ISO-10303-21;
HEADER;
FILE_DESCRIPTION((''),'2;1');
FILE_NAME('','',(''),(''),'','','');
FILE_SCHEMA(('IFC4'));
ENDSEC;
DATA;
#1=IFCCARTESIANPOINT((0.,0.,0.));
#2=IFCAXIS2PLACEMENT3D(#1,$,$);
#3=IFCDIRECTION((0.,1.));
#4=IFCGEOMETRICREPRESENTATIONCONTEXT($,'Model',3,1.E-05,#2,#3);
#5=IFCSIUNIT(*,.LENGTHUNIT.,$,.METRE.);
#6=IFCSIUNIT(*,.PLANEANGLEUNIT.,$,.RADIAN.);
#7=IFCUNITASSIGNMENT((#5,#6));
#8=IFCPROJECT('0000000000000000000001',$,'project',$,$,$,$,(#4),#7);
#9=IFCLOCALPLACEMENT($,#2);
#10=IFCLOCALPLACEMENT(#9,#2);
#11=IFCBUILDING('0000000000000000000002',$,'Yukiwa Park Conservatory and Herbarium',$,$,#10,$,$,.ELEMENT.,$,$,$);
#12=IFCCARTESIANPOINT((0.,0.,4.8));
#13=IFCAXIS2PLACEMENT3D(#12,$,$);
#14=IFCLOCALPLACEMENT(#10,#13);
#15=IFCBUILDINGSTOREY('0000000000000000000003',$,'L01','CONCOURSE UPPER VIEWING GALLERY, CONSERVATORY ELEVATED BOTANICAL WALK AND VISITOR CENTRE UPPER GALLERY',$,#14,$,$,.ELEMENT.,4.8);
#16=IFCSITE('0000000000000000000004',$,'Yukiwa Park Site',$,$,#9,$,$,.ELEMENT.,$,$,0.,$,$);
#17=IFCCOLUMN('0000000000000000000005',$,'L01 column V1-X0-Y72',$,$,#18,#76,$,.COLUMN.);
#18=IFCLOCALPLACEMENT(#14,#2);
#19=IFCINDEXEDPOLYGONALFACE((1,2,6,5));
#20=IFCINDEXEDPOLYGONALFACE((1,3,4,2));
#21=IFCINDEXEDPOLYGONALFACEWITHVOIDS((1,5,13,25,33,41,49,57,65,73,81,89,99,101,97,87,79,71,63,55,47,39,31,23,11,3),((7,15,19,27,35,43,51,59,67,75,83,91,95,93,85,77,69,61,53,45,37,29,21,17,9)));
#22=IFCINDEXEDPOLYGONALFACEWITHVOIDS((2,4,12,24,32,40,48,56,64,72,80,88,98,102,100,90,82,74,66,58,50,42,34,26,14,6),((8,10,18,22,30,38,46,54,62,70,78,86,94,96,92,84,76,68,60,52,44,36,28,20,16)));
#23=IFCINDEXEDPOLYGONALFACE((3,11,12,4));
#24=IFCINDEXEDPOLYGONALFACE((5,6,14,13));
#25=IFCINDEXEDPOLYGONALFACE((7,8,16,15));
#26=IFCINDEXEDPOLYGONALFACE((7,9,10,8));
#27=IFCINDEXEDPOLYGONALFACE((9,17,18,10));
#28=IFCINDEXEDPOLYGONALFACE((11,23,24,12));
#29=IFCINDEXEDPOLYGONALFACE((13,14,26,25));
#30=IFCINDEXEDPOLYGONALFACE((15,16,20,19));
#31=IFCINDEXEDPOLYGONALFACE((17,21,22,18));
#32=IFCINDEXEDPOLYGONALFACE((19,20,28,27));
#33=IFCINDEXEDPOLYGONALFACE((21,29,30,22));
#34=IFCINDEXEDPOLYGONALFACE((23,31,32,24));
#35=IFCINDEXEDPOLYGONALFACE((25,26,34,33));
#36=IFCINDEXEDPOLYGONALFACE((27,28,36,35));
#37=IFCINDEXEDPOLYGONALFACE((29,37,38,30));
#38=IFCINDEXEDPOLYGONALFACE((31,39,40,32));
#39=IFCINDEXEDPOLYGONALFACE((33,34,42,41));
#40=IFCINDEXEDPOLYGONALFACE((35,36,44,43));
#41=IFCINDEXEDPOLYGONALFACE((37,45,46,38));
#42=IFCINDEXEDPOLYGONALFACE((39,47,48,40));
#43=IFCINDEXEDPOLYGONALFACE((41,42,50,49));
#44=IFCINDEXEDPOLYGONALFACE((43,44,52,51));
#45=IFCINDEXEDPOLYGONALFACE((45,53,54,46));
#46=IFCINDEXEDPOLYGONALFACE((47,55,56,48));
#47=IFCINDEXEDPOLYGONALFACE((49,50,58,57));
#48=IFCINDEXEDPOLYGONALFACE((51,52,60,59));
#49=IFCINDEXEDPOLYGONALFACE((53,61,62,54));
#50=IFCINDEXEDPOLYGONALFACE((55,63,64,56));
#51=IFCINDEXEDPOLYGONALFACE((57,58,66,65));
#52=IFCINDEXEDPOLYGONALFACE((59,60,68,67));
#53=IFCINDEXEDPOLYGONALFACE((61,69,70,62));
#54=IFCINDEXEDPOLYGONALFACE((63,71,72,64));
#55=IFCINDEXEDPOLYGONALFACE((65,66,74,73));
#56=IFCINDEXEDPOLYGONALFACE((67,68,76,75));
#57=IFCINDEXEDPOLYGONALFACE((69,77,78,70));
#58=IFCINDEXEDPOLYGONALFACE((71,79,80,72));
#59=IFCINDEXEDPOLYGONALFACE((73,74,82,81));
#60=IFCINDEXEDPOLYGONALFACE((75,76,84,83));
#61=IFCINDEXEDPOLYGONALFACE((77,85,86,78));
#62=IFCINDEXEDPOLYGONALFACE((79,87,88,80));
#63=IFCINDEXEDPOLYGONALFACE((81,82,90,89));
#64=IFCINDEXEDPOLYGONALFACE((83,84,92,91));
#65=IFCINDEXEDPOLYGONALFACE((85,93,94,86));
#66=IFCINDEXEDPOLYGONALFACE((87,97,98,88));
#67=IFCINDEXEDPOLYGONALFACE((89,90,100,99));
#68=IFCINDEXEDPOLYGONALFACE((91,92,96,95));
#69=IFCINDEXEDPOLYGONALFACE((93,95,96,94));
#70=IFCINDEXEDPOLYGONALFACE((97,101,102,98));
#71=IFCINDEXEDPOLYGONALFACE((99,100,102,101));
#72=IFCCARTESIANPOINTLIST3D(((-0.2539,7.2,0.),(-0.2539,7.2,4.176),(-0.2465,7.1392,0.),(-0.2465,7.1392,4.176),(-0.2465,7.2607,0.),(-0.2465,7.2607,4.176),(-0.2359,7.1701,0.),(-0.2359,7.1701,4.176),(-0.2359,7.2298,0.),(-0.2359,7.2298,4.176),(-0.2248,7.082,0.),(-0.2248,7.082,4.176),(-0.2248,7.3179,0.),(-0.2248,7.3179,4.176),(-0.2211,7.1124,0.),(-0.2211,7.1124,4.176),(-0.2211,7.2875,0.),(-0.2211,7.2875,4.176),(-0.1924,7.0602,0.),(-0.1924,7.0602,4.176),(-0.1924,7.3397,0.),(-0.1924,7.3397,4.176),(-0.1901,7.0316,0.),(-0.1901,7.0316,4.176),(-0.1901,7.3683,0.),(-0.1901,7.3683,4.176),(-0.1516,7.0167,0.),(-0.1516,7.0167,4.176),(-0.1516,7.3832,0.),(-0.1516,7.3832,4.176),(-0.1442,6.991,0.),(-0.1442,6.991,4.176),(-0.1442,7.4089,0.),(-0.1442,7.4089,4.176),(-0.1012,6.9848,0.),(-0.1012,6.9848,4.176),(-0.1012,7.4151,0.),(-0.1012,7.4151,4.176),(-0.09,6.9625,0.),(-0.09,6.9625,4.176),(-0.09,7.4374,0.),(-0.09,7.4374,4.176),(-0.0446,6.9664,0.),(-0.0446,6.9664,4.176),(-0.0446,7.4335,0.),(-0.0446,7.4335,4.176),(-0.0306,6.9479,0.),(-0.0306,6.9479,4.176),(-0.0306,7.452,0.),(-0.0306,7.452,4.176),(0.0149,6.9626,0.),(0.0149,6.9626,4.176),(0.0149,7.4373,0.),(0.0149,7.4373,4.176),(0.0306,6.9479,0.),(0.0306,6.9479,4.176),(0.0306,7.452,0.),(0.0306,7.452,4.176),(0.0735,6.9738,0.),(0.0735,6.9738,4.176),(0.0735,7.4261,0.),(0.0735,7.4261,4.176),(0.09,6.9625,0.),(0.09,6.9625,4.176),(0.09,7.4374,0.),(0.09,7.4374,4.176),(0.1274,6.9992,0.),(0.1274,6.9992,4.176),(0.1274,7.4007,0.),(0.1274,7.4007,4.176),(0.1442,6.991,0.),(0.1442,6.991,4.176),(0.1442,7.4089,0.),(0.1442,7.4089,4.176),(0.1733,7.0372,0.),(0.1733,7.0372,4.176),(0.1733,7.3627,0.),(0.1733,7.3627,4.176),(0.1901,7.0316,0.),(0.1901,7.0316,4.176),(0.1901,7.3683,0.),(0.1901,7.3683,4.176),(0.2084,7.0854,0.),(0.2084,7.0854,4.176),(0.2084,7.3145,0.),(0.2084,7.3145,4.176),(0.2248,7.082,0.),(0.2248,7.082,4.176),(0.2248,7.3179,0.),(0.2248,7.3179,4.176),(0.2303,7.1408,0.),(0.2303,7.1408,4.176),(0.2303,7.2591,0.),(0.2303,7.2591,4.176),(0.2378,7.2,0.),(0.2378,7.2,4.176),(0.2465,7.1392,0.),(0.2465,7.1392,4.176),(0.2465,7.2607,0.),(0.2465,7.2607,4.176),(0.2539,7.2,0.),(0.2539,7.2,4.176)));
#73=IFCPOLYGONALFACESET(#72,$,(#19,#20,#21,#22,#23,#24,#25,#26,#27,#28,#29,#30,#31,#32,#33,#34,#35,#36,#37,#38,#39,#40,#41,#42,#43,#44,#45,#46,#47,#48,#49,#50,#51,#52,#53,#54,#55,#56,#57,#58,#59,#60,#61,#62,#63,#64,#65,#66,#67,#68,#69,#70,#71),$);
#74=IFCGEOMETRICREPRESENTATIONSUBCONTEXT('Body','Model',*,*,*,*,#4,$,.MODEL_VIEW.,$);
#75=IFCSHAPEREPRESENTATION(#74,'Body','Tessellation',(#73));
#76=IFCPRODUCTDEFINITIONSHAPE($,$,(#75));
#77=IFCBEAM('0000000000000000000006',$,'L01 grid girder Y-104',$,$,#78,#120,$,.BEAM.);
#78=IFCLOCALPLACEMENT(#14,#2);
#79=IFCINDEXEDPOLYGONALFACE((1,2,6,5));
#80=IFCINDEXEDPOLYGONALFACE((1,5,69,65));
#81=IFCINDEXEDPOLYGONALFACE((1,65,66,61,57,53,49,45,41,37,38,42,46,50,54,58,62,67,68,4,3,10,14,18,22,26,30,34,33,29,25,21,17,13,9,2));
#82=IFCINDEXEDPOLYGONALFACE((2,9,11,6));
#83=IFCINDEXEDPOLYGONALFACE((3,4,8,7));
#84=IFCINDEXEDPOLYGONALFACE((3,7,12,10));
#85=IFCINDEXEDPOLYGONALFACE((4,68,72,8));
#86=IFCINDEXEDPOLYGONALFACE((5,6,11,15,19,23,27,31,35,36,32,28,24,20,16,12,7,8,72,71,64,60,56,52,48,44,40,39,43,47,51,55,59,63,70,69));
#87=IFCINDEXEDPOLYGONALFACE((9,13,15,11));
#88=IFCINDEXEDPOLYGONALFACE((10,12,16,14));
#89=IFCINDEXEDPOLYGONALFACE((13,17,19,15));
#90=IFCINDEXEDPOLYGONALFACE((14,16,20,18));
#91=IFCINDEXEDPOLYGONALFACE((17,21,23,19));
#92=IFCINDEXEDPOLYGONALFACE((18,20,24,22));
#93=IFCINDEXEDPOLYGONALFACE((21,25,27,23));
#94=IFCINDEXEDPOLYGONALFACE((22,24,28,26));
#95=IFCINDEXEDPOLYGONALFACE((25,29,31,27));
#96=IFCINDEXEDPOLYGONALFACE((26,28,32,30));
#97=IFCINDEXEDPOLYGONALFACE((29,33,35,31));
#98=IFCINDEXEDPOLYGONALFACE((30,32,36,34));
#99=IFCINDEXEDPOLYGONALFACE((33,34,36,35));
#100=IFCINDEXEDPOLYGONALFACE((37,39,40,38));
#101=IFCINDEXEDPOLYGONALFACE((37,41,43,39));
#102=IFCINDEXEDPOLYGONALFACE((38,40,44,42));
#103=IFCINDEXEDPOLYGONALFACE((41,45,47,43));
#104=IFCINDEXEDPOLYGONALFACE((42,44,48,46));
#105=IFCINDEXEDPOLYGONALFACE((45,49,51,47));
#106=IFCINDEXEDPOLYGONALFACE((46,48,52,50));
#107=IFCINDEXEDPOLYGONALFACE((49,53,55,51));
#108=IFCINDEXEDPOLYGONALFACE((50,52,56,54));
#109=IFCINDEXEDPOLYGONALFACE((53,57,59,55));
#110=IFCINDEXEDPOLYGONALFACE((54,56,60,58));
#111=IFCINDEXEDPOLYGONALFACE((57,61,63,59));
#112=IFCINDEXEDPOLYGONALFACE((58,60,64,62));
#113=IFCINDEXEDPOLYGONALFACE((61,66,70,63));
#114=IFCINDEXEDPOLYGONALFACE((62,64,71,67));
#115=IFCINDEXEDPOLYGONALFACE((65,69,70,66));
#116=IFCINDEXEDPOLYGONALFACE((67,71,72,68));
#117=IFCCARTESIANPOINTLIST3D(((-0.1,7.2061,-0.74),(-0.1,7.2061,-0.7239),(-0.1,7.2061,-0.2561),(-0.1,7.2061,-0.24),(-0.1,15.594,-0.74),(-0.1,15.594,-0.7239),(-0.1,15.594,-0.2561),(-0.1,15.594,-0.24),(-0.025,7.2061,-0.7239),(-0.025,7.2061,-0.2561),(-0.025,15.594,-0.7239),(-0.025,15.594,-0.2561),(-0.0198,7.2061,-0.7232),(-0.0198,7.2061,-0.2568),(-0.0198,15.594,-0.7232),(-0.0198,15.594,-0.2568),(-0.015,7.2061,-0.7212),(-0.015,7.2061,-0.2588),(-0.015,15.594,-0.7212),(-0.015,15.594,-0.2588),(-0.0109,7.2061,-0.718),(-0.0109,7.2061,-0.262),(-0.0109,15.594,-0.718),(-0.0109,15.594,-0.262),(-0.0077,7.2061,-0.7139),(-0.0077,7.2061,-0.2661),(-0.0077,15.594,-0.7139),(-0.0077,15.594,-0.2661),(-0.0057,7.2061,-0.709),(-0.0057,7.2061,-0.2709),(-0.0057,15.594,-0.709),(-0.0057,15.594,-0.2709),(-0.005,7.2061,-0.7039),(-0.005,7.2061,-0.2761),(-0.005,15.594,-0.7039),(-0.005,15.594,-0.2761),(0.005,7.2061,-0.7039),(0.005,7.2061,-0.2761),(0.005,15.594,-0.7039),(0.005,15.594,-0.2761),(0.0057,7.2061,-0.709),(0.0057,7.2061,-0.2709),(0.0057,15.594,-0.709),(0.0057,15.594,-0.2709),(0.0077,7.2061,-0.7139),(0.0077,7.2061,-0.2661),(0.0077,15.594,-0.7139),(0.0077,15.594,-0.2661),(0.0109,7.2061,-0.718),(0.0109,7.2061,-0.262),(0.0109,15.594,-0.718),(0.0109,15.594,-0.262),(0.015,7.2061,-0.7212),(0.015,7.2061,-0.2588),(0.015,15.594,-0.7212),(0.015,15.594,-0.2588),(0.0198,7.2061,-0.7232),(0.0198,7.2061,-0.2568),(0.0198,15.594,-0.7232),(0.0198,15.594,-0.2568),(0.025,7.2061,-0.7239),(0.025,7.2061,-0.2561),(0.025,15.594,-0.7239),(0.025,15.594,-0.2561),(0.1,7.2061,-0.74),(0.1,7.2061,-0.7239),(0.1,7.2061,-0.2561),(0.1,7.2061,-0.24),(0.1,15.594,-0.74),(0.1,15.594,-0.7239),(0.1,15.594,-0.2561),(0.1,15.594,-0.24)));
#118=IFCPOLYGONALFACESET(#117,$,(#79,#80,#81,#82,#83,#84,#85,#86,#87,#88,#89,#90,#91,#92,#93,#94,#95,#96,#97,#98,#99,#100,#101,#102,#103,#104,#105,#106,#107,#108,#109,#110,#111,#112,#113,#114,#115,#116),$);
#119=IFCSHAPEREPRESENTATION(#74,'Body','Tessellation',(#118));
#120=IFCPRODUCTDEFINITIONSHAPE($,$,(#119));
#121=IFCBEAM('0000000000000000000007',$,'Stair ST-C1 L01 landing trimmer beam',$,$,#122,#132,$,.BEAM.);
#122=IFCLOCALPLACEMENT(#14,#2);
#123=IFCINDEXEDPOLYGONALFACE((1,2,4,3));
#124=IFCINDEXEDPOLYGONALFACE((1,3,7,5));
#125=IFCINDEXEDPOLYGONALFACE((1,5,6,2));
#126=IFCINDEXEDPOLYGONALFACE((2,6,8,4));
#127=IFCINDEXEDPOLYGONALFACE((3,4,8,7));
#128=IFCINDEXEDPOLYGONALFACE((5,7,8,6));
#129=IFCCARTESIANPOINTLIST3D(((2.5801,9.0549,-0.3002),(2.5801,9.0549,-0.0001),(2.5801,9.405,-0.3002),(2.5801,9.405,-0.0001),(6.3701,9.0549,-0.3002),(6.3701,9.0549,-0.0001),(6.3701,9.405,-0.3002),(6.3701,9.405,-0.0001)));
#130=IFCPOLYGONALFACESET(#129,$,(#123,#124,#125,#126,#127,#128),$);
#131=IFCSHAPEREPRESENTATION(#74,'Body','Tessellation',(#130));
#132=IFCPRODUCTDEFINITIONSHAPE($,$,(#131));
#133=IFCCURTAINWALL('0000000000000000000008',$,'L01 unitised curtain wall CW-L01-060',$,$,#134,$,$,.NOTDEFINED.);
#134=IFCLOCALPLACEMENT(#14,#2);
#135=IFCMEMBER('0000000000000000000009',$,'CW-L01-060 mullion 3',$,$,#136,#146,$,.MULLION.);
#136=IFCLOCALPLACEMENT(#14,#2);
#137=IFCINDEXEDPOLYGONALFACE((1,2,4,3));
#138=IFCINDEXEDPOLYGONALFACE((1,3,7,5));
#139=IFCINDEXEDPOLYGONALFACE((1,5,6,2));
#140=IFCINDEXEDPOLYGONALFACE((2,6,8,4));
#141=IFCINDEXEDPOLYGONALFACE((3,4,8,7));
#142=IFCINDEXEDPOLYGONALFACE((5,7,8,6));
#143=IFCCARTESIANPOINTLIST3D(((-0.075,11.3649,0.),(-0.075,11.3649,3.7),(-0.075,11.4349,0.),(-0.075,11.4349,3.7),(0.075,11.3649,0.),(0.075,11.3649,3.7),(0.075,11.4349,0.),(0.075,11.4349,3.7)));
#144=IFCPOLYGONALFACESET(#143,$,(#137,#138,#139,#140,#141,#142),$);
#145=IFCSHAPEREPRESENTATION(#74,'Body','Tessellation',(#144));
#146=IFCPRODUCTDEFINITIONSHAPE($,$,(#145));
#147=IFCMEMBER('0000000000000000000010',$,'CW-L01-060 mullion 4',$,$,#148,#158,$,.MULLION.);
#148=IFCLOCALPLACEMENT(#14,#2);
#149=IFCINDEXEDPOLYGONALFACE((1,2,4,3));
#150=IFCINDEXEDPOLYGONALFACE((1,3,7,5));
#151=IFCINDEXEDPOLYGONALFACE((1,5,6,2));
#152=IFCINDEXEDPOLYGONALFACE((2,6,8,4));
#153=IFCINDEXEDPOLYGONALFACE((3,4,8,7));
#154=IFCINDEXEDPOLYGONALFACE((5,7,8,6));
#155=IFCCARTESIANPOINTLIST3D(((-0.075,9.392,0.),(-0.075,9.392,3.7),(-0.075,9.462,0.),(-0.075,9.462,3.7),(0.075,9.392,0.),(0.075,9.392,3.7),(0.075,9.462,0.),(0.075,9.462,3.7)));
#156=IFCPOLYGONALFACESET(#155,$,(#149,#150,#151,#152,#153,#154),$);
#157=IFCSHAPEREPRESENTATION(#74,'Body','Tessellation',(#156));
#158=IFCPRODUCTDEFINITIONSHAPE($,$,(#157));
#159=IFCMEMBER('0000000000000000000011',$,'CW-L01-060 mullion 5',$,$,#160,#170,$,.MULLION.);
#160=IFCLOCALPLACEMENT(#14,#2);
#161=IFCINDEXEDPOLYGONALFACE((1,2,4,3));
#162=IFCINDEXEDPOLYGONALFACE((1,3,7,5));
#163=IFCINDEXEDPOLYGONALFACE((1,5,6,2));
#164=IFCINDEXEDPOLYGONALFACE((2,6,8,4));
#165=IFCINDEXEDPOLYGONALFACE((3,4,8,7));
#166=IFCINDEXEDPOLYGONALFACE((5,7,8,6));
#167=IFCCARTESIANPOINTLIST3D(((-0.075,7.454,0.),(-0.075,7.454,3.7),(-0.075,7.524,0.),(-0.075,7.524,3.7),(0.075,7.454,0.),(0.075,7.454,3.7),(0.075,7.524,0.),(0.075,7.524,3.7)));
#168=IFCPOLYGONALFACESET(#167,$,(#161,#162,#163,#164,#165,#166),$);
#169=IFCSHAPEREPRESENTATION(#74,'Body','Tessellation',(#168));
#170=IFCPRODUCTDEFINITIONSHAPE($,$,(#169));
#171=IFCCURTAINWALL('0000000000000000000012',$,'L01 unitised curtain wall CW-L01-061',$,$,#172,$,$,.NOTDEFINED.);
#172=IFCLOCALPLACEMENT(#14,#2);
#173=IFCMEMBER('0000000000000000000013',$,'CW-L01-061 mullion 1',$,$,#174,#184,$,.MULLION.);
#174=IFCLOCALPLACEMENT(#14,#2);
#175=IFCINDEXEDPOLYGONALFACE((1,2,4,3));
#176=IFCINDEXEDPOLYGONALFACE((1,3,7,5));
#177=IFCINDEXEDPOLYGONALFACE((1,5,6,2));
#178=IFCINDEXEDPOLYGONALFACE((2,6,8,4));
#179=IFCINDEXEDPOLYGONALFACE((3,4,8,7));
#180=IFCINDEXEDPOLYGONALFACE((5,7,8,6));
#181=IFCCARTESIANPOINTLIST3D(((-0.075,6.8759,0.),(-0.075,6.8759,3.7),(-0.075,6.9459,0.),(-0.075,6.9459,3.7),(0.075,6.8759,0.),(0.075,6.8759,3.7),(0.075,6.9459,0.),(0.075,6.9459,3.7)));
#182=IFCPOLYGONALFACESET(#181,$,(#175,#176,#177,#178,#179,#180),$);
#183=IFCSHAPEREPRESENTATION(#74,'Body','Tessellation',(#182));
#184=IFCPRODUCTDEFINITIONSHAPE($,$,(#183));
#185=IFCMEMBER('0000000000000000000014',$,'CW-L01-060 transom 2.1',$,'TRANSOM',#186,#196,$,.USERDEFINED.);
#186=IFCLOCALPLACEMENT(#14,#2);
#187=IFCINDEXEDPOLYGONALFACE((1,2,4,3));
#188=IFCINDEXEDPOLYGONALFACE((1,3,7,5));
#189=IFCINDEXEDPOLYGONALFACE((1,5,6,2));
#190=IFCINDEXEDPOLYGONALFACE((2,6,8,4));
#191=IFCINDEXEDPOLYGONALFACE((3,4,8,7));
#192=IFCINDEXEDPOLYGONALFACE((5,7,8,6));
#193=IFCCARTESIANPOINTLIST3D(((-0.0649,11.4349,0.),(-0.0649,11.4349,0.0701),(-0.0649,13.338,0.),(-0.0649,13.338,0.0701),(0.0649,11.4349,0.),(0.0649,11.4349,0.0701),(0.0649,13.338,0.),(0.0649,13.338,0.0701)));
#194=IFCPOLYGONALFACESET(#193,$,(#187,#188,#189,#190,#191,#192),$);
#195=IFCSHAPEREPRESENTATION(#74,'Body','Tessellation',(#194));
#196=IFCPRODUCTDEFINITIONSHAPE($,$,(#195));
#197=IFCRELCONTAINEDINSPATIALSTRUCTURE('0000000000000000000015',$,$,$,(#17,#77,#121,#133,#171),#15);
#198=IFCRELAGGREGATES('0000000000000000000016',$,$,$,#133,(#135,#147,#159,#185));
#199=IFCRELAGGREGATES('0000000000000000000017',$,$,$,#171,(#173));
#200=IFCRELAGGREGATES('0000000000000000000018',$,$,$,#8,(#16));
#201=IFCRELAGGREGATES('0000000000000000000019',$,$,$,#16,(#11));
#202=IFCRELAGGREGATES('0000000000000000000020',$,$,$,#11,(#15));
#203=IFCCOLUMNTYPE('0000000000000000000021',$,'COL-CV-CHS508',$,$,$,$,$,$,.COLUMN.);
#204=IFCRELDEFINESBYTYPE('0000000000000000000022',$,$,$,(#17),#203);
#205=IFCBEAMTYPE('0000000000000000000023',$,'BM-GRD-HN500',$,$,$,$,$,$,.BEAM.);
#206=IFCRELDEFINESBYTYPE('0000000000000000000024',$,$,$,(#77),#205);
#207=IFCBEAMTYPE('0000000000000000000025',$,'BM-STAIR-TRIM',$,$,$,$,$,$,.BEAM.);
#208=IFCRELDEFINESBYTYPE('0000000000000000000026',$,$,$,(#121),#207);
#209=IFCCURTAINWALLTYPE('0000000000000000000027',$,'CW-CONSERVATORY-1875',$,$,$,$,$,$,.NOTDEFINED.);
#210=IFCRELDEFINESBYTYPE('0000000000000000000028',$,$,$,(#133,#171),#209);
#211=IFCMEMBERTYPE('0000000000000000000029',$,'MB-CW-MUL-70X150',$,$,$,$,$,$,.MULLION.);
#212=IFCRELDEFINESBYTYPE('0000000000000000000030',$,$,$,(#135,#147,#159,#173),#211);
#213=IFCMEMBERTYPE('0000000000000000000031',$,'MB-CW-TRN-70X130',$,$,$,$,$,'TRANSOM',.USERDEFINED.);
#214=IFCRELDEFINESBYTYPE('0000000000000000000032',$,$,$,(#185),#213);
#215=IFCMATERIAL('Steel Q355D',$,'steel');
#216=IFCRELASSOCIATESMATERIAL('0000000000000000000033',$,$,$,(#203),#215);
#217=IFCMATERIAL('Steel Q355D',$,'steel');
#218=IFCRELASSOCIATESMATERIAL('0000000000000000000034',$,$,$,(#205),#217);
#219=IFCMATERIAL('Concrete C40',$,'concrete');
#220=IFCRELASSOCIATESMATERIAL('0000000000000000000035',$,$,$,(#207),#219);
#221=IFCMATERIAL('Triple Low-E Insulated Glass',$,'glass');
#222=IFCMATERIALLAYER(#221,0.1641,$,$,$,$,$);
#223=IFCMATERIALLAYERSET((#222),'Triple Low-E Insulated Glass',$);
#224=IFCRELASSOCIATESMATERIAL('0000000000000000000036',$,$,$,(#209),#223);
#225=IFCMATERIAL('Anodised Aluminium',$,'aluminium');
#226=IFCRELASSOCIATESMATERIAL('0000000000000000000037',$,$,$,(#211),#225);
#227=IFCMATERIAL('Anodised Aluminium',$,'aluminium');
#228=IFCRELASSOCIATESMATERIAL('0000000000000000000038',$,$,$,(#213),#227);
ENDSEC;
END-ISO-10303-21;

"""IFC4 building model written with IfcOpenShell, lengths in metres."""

from ifc_helpers import new_model, si_unit, direction, frame, origin, origin_2d, place, context, subcontext, project, spatial, rectangle, hollow_circle, i_section, extrude, material, layer, layer_set, material_profile, profile_set, type_object, element, aggregate, save


model = new_model("IFC4")

# Units and contexts
model_context = context("Model", 3, precision=1e-05, world=origin(), true_north=direction((0.0, 1.0)))
body_context = subcontext(model_context, "Body", "Model", "MODEL_VIEW")
ifc_project = project(units=[si_unit("LENGTHUNIT", "METRE"), si_unit("PLANEANGLEUNIT", "RADIAN")], contexts=[model_context])

# Site, building, storey
site_placement = place(None, origin())
site = spatial("IfcSite", under=ifc_project, at=site_placement, Name="Yukiwa Park Site", CompositionType="ELEMENT", RefElevation=0.0)
building_placement = place(site_placement, origin())
building = spatial("IfcBuilding", under=site, at=building_placement, Name="Yukiwa Park Conservatory and Herbarium", CompositionType="ELEMENT")
storey_placement = place(building_placement, frame((0.0, 0.0, 4.8)))
storey = spatial("IfcBuildingStorey", under=building, at=storey_placement, Name="L01", Description="CONCOURSE UPPER VIEWING GALLERY, CONSERVATORY ELEVATED BOTANICAL WALK AND VISITOR CENTRE UPPER GALLERY", CompositionType="ELEMENT", Elevation=4.8)

# Column
ifc_material_1 = material(Name="Steel Q355D", Category="steel")
ifc_material_profile_1 = material_profile(ifc_material_1, hollow_circle(Radius=0.2539, WallThickness=0.0161, at=origin_2d()), Name="CHS 508x16")
ifc_profile_set_1 = profile_set([ifc_material_profile_1], Name="Steel Q355D")
column_type = type_object("IfcColumnType", Name="COL-CV-CHS508", PredefinedType="COLUMN", material=ifc_profile_set_1)
column_placement = place(storey_placement, frame((0.0, 7.2, 0.0), z_axis=(0.0, 0.0, 1.0), x_axis=(1.0, 0.0, 0.0)))
element("IfcColumn", 1, at=column_placement, inside=storey, type_object=column_type, Name="L01 column V1-X0-Y72", PredefinedType="COLUMN", context=body_context, shape_type="SweptSolid", body=[
    extrude(hollow_circle(Radius=0.2539, WallThickness=0.0161, at=origin_2d()), origin(), (0.0, 0.0, 1.0), 4.176),
])

# Beams
ifc_material_2 = material(Name="Steel Q355D", Category="steel")
ifc_material_profile_2 = material_profile(ifc_material_2, i_section(OverallWidth=0.2, OverallDepth=0.5, WebThickness=0.01, FlangeThickness=0.0161, FilletRadius=0.02, at=origin_2d()), Name="HN 500x200x10x16")
ifc_profile_set_2 = profile_set([ifc_material_profile_2], Name="Steel Q355D")
beam_type_1 = type_object("IfcBeamType", Name="BM-GRD-HN500", PredefinedType="BEAM", material=ifc_profile_set_2)
beam_1_placement = place(storey_placement, frame((0.0, 7.2061, -0.49), z_axis=(0.0, 1.0, 0.0), x_axis=(-1.0, 0.0, 0.0)))
element("IfcBeam", 2, at=beam_1_placement, inside=storey, type_object=beam_type_1, Name="L01 grid girder Y-104", PredefinedType="BEAM", context=body_context, shape_type="SweptSolid", body=[
    extrude(i_section(OverallWidth=0.2, OverallDepth=0.5, WebThickness=0.01, FlangeThickness=0.0161, FilletRadius=0.02, at=origin_2d()), origin(), (0.0, 0.0, 1.0), 8.3879),
])
ifc_material_3 = material(Name="Concrete C40", Category="concrete")
ifc_material_profile_3 = material_profile(ifc_material_3, rectangle(XDim=0.3501, YDim=0.3, at=origin_2d()), Name="RC 350x300")
ifc_profile_set_3 = profile_set([ifc_material_profile_3], Name="Concrete C40")
beam_type_2 = type_object("IfcBeamType", Name="BM-STAIR-TRIM", PredefinedType="BEAM", material=ifc_profile_set_3)
beam_2_placement = place(storey_placement, frame((2.5801, 9.23, -0.1501), z_axis=(1.0, 0.0, 0.0), x_axis=(0.0, 1.0, 0.0)))
element("IfcBeam", 3, at=beam_2_placement, inside=storey, type_object=beam_type_2, Name="Stair ST-C1 L01 landing trimmer beam", PredefinedType="BEAM", context=body_context, shape_type="SweptSolid", body=[
    extrude(rectangle(XDim=0.3501, YDim=0.3, at=origin_2d()), origin(), (0.0, 0.0, 1.0), 3.79),
])

# Curtain wall, members
ifc_material_4 = material(Name="Triple Low-E Insulated Glass", Category="glass")
ifc_layer_1 = layer(ifc_material_4, 0.1641)
ifc_layer_set_1 = layer_set([ifc_layer_1], Name="Triple Low-E Insulated Glass")
curtain_wall_type = type_object("IfcCurtainWallType", Name="CW-CONSERVATORY-1875", PredefinedType="NOTDEFINED", material=ifc_layer_set_1)
curtain_wall_1_placement = place(storey_placement, origin())
curtain_wall_1 = element("IfcCurtainWall", 4, at=curtain_wall_1_placement, inside=storey, type_object=curtain_wall_type, Name="L01 unitised curtain wall CW-L01-060", PredefinedType="NOTDEFINED")
ifc_material_5 = material(Name="Anodised Aluminium", Category="aluminium")
member_type_1 = type_object("IfcMemberType", Name="MB-CW-MUL-70X150", PredefinedType="MULLION", material=ifc_material_5)
member_1_placement = place(storey_placement, frame((0.0, 11.3999, 0.0), z_axis=(0.0, 0.0, 1.0), x_axis=(0.0, -1.0, 0.0)))
member_1 = element("IfcMember", 5, at=member_1_placement, type_object=member_type_1, Name="CW-L01-060 mullion 3", PredefinedType="MULLION", context=body_context, shape_type="SweptSolid", body=[
    extrude(rectangle(XDim=0.0701, YDim=0.1499, at=origin_2d()), origin(), (0.0, 0.0, 1.0), 3.7),
])
member_2_placement = place(storey_placement, frame((0.0, 9.427, 0.0), z_axis=(0.0, 0.0, 1.0), x_axis=(0.0, -1.0, 0.0)))
member_2 = element("IfcMember", 6, at=member_2_placement, type_object=member_type_1, Name="CW-L01-060 mullion 4", PredefinedType="MULLION", context=body_context, shape_type="SweptSolid", body=[
    extrude(rectangle(XDim=0.0701, YDim=0.1499, at=origin_2d()), origin(), (0.0, 0.0, 1.0), 3.7),
])
member_3_placement = place(storey_placement, frame((0.0, 7.489, 0.0), z_axis=(0.0, 0.0, 1.0), x_axis=(0.0, -1.0, 0.0)))
member_3 = element("IfcMember", 7, at=member_3_placement, type_object=member_type_1, Name="CW-L01-060 mullion 5", PredefinedType="MULLION", context=body_context, shape_type="SweptSolid", body=[
    extrude(rectangle(XDim=0.0701, YDim=0.1499, at=origin_2d()), origin(), (0.0, 0.0, 1.0), 3.7),
])

# Curtain wall, member
curtain_wall_2_placement = place(storey_placement, origin())
curtain_wall_2 = element("IfcCurtainWall", 8, at=curtain_wall_2_placement, inside=storey, type_object=curtain_wall_type, Name="L01 unitised curtain wall CW-L01-061", PredefinedType="NOTDEFINED")
member_4_placement = place(storey_placement, frame((0.0, 6.9109, 0.0), z_axis=(0.0, 0.0, 1.0), x_axis=(0.0, -1.0, 0.0)))
member_4 = element("IfcMember", 9, at=member_4_placement, type_object=member_type_1, Name="CW-L01-061 mullion 1", PredefinedType="MULLION", context=body_context, shape_type="SweptSolid", body=[
    extrude(rectangle(XDim=0.0701, YDim=0.1499, at=origin_2d()), origin(), (0.0, 0.0, 1.0), 3.7),
])

# Member
ifc_material_6 = material(Name="Anodised Aluminium", Category="aluminium")
member_type_2 = type_object("IfcMemberType", Name="MB-CW-TRN-70X130", ElementType="TRANSOM", PredefinedType="USERDEFINED", material=ifc_material_6)
member_5_placement = place(storey_placement, frame((0.0, 12.3865, 0.0), z_axis=(0.0, 0.0, 1.0), x_axis=(0.0, -1.0, 0.0)))
member_5 = element("IfcMember", 10, at=member_5_placement, type_object=member_type_2, Name="CW-L01-060 transom 2.1", ObjectType="TRANSOM", PredefinedType="USERDEFINED", context=body_context, shape_type="SweptSolid", body=[
    extrude(rectangle(XDim=1.9031, YDim=0.1299, at=origin_2d()), origin(), (0.0, 0.0, 1.0), 0.0701),
])

aggregate(curtain_wall_1, [member_1, member_2, member_3, member_5])
aggregate(curtain_wall_2, [member_4])

save(model, "model.ifc")
